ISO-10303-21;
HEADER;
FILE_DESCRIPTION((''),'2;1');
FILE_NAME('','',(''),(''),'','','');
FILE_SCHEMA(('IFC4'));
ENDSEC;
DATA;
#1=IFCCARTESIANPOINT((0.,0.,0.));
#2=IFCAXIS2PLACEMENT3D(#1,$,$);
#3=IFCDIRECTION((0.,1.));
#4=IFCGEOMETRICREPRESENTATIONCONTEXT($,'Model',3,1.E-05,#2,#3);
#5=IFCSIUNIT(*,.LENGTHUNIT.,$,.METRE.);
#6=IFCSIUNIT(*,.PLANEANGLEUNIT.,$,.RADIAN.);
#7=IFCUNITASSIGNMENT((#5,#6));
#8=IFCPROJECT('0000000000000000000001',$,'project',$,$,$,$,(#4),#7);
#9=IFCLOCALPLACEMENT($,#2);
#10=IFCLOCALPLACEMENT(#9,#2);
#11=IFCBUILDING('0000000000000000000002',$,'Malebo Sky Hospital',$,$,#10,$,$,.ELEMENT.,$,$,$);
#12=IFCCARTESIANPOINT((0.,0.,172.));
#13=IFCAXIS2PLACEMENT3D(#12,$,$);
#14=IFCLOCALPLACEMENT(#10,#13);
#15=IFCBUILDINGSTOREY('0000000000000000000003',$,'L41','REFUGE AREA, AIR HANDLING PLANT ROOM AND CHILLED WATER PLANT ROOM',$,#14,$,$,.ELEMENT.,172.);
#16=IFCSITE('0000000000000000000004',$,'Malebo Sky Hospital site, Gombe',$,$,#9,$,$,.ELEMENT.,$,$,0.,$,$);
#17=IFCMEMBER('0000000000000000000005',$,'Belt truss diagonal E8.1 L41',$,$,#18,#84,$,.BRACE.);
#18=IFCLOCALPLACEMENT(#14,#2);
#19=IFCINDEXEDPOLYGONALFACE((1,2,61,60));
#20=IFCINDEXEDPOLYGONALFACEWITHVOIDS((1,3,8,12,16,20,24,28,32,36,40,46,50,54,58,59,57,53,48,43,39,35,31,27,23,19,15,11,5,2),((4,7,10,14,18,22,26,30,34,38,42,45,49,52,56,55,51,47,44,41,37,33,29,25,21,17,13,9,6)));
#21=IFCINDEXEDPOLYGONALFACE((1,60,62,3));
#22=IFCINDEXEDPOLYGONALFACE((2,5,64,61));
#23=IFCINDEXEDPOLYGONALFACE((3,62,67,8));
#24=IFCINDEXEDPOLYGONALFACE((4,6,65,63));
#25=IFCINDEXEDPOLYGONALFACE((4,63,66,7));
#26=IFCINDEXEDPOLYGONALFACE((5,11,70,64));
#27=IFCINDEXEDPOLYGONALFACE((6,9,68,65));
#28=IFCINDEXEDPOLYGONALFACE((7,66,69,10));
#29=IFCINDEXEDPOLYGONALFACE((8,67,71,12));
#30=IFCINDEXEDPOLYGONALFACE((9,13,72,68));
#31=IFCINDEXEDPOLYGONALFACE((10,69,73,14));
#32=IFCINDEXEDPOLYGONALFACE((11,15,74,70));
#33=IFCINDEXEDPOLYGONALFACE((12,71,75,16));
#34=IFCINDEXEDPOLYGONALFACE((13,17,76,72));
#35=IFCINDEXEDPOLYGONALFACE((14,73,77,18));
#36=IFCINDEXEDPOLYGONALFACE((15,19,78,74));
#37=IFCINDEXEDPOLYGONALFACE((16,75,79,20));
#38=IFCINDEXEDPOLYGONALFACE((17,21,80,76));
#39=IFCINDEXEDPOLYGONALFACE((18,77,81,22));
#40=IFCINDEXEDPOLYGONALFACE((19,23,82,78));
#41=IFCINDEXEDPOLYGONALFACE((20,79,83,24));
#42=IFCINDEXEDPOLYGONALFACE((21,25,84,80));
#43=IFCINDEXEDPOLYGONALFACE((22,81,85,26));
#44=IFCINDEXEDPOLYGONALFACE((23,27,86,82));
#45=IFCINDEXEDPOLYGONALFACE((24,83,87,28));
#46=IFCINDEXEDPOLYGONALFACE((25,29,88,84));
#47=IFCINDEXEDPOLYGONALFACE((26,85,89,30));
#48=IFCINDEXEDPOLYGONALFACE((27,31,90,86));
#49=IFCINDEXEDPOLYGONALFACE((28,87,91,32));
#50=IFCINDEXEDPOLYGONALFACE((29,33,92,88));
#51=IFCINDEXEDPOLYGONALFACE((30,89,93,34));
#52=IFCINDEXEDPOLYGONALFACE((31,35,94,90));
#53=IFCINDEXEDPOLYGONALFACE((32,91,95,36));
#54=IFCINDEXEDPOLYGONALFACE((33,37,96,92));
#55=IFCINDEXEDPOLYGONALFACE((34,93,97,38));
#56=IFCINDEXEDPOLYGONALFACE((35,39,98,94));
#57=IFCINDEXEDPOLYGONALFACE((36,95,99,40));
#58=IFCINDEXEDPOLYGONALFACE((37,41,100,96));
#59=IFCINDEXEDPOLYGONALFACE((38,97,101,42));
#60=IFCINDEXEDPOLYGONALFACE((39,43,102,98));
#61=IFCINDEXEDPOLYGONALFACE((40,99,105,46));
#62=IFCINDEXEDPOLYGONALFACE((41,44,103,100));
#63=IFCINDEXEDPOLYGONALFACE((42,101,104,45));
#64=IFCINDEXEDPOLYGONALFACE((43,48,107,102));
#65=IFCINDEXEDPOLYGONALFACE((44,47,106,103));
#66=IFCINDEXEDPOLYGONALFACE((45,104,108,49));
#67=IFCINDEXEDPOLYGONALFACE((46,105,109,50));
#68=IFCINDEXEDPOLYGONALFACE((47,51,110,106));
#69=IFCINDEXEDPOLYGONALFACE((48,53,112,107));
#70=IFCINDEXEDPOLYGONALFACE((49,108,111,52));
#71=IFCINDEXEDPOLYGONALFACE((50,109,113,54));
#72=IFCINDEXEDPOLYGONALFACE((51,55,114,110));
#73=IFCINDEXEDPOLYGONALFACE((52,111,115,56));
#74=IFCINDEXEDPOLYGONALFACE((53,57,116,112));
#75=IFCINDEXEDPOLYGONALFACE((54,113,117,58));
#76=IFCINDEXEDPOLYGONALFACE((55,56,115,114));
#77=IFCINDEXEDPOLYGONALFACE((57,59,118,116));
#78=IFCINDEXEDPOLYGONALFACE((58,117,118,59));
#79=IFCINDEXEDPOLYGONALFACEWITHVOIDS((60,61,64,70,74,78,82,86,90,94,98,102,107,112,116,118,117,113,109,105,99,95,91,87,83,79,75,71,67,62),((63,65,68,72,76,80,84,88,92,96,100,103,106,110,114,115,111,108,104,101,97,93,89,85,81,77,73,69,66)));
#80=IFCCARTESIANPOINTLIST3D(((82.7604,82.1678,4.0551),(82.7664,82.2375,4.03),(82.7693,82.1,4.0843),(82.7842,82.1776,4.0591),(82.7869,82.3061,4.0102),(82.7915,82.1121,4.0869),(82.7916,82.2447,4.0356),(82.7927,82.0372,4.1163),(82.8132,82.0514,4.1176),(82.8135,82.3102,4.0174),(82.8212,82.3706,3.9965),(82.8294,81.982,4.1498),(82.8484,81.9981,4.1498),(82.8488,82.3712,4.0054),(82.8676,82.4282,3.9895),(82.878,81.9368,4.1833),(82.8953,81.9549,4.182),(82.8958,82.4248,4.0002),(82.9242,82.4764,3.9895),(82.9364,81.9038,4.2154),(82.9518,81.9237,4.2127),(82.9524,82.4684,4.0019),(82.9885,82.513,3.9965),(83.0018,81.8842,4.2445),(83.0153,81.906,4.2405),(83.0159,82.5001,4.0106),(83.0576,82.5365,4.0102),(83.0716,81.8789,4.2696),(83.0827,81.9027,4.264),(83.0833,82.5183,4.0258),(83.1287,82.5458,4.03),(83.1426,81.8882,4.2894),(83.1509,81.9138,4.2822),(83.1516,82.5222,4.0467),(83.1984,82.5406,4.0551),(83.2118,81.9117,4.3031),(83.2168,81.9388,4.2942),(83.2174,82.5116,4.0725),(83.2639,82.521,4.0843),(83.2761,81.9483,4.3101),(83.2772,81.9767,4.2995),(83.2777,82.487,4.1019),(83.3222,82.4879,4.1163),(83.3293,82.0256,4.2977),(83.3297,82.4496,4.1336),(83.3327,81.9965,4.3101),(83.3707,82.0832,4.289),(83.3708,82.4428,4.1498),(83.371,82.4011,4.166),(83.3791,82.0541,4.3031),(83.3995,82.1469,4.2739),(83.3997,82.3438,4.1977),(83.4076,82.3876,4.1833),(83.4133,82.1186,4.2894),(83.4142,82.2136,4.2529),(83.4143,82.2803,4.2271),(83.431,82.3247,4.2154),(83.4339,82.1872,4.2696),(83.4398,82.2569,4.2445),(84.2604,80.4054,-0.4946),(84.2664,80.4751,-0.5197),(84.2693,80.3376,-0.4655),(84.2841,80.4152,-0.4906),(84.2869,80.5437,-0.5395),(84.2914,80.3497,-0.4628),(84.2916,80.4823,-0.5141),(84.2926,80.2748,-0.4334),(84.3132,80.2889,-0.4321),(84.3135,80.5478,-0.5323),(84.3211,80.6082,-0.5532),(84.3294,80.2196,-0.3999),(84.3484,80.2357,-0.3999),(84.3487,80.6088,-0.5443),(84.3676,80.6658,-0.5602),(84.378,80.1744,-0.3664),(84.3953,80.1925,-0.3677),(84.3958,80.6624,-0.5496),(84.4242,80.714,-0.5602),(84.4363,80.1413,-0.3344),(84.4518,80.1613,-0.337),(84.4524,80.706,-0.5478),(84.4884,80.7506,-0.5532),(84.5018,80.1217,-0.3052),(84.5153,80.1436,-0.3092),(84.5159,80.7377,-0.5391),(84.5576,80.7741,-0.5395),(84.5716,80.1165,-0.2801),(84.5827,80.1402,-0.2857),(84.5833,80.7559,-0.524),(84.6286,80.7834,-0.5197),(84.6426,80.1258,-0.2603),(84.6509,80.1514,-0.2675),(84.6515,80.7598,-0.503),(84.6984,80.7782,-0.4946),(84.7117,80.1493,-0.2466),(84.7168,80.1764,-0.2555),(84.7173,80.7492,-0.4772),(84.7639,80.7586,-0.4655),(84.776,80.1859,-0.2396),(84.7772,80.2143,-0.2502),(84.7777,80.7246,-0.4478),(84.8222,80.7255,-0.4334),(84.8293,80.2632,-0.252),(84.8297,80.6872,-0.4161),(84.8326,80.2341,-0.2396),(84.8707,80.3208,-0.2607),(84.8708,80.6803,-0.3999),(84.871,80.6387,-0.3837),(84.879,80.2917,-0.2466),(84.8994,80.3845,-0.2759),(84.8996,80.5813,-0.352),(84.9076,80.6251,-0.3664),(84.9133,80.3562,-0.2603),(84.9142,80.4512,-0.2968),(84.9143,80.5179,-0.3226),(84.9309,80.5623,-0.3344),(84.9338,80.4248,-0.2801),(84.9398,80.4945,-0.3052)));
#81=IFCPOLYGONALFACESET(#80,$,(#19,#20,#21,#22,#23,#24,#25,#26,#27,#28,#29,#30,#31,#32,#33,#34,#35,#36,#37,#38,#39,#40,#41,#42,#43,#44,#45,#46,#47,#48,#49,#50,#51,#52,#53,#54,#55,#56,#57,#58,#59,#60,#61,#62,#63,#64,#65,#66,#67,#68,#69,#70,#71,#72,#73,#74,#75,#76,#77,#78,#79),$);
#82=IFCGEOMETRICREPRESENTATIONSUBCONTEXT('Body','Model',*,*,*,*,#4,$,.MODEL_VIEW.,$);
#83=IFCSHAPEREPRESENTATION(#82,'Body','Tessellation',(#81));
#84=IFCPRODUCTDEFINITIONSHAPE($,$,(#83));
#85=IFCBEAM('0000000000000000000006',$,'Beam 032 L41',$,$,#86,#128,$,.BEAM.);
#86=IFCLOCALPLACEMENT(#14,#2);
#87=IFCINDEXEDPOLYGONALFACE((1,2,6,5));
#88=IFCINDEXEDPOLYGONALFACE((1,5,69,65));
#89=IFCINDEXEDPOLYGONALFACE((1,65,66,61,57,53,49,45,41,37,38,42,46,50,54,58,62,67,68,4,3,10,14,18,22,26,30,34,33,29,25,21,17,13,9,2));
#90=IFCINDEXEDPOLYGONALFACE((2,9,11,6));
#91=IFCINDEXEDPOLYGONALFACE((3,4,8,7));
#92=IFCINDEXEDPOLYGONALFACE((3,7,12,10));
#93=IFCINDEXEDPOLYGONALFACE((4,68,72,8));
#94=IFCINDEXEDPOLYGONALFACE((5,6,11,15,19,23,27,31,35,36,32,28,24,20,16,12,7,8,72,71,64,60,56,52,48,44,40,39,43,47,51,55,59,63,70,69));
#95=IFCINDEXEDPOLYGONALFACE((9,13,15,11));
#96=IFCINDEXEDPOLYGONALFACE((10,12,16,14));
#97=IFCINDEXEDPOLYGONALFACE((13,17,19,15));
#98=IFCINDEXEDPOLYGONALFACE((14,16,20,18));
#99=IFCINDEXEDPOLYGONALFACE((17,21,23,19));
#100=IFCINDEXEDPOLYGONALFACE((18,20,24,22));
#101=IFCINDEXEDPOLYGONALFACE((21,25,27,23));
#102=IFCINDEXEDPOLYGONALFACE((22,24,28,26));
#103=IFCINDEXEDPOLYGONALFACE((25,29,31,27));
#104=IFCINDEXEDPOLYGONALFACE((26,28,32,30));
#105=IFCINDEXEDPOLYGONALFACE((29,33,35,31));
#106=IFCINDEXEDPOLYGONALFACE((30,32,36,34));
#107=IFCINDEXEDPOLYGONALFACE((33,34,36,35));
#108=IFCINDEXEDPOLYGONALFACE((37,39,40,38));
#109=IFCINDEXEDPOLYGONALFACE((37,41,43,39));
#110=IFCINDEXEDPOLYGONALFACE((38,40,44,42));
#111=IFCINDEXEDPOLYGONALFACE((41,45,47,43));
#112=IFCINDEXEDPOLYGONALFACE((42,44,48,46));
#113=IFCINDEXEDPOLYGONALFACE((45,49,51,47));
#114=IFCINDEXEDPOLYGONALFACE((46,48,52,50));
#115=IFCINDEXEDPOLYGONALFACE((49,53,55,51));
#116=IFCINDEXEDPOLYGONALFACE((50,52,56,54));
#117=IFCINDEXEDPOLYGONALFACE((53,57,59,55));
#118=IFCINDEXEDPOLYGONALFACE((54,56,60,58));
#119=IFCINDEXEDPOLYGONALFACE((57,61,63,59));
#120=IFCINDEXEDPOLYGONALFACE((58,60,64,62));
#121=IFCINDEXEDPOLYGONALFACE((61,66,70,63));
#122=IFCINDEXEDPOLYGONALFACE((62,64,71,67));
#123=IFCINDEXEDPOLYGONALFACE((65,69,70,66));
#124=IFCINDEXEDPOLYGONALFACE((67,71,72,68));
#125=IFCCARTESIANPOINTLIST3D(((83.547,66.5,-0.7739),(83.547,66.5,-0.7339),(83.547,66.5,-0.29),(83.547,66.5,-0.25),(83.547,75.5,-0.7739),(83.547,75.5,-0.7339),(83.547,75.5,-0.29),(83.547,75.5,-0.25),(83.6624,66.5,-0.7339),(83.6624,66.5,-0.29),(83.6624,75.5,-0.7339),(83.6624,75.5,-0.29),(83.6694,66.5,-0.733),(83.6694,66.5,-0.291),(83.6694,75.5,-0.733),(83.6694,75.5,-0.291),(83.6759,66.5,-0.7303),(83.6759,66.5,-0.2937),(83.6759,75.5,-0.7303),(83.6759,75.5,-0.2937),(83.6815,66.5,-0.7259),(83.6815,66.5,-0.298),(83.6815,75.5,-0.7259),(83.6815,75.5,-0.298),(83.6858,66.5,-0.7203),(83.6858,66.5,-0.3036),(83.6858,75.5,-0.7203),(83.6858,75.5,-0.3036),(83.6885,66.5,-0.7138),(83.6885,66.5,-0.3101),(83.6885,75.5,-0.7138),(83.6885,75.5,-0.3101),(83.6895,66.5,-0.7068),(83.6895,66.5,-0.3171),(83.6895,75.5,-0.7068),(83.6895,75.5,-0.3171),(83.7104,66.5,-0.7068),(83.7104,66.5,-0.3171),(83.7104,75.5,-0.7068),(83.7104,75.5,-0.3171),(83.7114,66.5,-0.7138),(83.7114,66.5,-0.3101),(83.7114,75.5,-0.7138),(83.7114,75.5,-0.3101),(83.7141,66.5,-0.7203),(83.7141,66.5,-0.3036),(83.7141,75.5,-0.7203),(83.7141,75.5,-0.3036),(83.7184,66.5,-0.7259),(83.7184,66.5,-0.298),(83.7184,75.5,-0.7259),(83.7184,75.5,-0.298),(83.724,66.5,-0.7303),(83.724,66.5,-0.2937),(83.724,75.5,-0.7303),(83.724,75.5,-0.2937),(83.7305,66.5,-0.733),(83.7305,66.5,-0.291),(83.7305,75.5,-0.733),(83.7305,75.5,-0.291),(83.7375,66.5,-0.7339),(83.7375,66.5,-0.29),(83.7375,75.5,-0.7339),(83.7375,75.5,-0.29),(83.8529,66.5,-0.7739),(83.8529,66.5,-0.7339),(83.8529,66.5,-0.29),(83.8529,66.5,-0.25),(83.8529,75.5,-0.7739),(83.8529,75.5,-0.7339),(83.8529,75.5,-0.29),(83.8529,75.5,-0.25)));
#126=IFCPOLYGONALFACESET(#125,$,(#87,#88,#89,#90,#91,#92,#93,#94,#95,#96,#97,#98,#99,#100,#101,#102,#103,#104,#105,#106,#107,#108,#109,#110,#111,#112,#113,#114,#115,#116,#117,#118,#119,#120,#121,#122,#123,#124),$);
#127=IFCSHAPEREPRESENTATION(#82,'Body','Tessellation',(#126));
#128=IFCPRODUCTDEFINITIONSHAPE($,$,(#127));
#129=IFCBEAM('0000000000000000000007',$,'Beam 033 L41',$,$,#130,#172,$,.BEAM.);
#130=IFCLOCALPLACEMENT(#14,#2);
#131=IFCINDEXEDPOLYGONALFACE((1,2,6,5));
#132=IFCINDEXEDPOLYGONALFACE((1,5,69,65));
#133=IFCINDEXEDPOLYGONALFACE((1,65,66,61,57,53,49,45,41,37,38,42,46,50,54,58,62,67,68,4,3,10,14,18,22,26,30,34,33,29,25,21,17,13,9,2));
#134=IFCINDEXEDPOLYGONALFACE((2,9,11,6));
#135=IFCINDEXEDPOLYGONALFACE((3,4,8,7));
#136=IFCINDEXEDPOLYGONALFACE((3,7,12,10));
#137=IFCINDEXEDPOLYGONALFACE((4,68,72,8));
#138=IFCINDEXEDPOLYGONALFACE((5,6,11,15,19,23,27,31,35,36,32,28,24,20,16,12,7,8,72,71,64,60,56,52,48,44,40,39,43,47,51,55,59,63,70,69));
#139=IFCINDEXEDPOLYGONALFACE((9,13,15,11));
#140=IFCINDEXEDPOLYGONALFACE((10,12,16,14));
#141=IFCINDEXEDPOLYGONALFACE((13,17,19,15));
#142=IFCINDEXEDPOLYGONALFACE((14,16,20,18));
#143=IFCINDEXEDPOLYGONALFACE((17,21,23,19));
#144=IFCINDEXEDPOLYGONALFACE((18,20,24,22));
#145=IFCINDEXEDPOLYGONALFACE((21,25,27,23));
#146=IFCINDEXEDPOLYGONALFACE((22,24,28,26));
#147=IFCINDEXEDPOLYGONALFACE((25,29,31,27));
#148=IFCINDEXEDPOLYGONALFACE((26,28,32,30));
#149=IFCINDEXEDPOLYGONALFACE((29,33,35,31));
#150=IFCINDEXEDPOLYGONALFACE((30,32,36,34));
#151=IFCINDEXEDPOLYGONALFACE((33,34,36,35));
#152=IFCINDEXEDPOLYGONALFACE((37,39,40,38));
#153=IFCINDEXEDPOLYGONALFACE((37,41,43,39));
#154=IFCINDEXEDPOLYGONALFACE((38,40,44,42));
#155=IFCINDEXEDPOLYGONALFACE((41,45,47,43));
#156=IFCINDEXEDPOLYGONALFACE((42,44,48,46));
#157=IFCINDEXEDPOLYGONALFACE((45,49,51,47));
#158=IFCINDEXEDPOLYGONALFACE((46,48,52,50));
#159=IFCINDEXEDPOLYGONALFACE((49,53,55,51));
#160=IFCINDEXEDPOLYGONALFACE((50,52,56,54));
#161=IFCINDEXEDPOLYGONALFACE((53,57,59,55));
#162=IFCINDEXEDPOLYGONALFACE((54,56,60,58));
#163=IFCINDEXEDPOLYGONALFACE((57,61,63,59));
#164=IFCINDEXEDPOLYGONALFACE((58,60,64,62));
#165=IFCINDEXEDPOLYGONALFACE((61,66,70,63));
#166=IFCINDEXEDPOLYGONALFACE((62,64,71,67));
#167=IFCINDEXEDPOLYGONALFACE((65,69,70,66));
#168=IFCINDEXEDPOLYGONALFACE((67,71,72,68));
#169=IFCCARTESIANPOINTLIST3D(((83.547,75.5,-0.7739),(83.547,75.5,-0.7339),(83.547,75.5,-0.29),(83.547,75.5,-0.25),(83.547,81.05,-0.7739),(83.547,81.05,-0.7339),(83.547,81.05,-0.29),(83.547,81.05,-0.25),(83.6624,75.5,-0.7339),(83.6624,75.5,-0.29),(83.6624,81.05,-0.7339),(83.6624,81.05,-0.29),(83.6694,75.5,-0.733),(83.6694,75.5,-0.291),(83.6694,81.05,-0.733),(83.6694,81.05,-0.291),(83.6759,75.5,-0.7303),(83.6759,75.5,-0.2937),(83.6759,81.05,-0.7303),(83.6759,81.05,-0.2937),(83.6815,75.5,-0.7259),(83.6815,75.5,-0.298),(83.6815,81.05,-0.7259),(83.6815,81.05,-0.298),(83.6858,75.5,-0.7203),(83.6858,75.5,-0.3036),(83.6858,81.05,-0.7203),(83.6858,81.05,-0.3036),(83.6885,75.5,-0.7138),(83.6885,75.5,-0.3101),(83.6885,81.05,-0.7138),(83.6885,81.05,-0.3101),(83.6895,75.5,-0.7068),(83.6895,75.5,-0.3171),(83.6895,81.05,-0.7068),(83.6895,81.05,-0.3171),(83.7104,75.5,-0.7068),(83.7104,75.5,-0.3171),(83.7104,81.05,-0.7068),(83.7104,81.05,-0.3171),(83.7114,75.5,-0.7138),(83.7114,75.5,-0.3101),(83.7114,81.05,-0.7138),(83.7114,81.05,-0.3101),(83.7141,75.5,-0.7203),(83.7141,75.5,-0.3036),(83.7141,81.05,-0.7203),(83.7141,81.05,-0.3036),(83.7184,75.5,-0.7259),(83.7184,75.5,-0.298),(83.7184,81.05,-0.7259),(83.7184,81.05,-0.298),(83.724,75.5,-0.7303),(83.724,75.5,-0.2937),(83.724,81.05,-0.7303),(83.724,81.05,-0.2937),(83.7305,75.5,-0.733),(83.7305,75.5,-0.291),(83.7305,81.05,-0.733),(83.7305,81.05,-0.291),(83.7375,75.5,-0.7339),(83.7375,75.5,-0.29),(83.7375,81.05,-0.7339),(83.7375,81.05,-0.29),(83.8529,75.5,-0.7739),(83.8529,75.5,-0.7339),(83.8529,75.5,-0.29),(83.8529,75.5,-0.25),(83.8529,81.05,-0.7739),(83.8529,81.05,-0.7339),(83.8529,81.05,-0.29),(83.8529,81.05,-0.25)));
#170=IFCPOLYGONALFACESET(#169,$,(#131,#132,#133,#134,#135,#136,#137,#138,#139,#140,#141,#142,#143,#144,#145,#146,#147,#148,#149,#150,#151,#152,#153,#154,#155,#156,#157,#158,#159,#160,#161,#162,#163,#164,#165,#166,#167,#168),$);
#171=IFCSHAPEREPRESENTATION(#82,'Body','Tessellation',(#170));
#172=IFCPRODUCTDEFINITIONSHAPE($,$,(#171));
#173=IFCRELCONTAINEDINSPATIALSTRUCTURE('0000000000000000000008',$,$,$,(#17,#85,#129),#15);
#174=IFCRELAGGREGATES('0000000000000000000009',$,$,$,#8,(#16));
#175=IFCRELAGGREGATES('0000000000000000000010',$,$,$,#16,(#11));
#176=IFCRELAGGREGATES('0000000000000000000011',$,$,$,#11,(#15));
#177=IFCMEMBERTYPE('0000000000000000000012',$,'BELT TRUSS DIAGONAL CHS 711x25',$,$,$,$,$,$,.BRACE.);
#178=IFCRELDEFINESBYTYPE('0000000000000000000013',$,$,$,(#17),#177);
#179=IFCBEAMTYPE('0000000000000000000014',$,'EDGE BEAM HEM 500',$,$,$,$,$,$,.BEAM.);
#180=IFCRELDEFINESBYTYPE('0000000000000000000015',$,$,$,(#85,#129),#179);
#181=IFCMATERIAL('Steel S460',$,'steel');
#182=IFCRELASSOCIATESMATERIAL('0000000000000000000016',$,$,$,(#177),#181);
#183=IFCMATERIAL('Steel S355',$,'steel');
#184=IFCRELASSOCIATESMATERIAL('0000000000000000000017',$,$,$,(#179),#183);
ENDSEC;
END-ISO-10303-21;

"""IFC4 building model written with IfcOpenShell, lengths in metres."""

from ifc_helpers import new_model, si_unit, direction, frame, origin, origin_2d, place, context, subcontext, project, spatial, hollow_circle, i_section, extrude, material, material_profile, profile_set, type_object, element, save


model = new_model("IFC4")

# Units and contexts
model_context = context("Model", 3, precision=1e-05, world=origin(), true_north=direction((0.0, 1.0)))
body_context = subcontext(model_context, "Body", "Model", "MODEL_VIEW")
ifc_project = project(units=[si_unit("LENGTHUNIT", "METRE"), si_unit("PLANEANGLEUNIT", "RADIAN")], contexts=[model_context])

# Site, building, storey
site_placement = place(None, origin())
site = spatial("IfcSite", under=ifc_project, at=site_placement, Name="Malebo Sky Hospital site, Gombe", CompositionType="ELEMENT", RefElevation=0.0)
building_placement = place(site_placement, origin())
building = spatial("IfcBuilding", under=site, at=building_placement, Name="Malebo Sky Hospital", CompositionType="ELEMENT")
storey_placement = place(building_placement, frame((0.0, 0.0, 172.0)))
storey = spatial("IfcBuildingStorey", under=building, at=storey_placement, Name="L41", Description="REFUGE AREA, AIR HANDLING PLANT ROOM AND CHILLED WATER PLANT ROOM", CompositionType="ELEMENT", Elevation=172.0)

# Shared definitions
ifc_material_1 = material(Name="Steel S460", Category="steel")

# Member
ifc_material_profile_1 = material_profile(ifc_material_1, hollow_circle(Radius=0.3555, WallThickness=0.0249, at=origin_2d()), Name="CHS 711x25")
ifc_profile_set_1 = profile_set([ifc_material_profile_1], Name="Steel S460")
member_type_1 = type_object("IfcMemberType", Name="BELT TRUSS DIAGONAL CHS 711x25", PredefinedType="BRACE", material=ifc_profile_set_1)
member_1_placement = place(storey_placement, frame((84.6001, 80.45, -0.3999), z_axis=(-0.293853, 0.345267, 0.891314), x_axis=(-0.761531, -0.648129, 0.0)))
element("IfcMember", 1, at=member_1_placement, inside=storey, type_object=member_type_1, Name="Belt truss diagonal E8.1 L41", PredefinedType="BRACE", context=body_context, shape_type="SweptSolid", body=[
    extrude(hollow_circle(Radius=0.3555, WallThickness=0.0249, at=origin_2d()), origin(), (0.0, 0.0, 1.0), 5.1045),
])

# Beams
ifc_material_2 = material(Name="Steel S355", Category="steel")
ifc_material_profile_2 = material_profile(ifc_material_2, i_section(OverallWidth=0.3059, OverallDepth=0.5239, WebThickness=0.021, FlangeThickness=0.04, FilletRadius=0.0271, at=origin_2d()), Name="HEM 500")
ifc_profile_set_2 = profile_set([ifc_material_profile_2], Name="Steel S355")
beam_type = type_object("IfcBeamType", Name="EDGE BEAM HEM 500", PredefinedType="BEAM", material=ifc_profile_set_2)
beam_1_placement = place(storey_placement, frame((83.7, 66.5, -0.512), z_axis=(0.0, 1.0, 0.0), x_axis=(-1.0, 0.0, 0.0)))
element("IfcBeam", 2, at=beam_1_placement, inside=storey, type_object=beam_type, Name="Beam 032 L41", PredefinedType="BEAM", context=body_context, shape_type="SweptSolid", body=[
    extrude(i_section(OverallWidth=0.3059, OverallDepth=0.5239, WebThickness=0.021, FlangeThickness=0.04, FilletRadius=0.0271, at=origin_2d()), origin(), (0.0, 0.0, 1.0), 9.0),
])
beam_2_placement = place(storey_placement, frame((83.7, 75.5, -0.512), z_axis=(0.0, 1.0, 0.0), x_axis=(-1.0, 0.0, 0.0)))
element("IfcBeam", 3, at=beam_2_placement, inside=storey, type_object=beam_type, Name="Beam 033 L41", PredefinedType="BEAM", context=body_context, shape_type="SweptSolid", body=[
    extrude(i_section(OverallWidth=0.3059, OverallDepth=0.5239, WebThickness=0.021, FlangeThickness=0.04, FilletRadius=0.0271, at=origin_2d()), origin(), (0.0, 0.0, 1.0), 5.55),
])

save(model, "model.ifc")
